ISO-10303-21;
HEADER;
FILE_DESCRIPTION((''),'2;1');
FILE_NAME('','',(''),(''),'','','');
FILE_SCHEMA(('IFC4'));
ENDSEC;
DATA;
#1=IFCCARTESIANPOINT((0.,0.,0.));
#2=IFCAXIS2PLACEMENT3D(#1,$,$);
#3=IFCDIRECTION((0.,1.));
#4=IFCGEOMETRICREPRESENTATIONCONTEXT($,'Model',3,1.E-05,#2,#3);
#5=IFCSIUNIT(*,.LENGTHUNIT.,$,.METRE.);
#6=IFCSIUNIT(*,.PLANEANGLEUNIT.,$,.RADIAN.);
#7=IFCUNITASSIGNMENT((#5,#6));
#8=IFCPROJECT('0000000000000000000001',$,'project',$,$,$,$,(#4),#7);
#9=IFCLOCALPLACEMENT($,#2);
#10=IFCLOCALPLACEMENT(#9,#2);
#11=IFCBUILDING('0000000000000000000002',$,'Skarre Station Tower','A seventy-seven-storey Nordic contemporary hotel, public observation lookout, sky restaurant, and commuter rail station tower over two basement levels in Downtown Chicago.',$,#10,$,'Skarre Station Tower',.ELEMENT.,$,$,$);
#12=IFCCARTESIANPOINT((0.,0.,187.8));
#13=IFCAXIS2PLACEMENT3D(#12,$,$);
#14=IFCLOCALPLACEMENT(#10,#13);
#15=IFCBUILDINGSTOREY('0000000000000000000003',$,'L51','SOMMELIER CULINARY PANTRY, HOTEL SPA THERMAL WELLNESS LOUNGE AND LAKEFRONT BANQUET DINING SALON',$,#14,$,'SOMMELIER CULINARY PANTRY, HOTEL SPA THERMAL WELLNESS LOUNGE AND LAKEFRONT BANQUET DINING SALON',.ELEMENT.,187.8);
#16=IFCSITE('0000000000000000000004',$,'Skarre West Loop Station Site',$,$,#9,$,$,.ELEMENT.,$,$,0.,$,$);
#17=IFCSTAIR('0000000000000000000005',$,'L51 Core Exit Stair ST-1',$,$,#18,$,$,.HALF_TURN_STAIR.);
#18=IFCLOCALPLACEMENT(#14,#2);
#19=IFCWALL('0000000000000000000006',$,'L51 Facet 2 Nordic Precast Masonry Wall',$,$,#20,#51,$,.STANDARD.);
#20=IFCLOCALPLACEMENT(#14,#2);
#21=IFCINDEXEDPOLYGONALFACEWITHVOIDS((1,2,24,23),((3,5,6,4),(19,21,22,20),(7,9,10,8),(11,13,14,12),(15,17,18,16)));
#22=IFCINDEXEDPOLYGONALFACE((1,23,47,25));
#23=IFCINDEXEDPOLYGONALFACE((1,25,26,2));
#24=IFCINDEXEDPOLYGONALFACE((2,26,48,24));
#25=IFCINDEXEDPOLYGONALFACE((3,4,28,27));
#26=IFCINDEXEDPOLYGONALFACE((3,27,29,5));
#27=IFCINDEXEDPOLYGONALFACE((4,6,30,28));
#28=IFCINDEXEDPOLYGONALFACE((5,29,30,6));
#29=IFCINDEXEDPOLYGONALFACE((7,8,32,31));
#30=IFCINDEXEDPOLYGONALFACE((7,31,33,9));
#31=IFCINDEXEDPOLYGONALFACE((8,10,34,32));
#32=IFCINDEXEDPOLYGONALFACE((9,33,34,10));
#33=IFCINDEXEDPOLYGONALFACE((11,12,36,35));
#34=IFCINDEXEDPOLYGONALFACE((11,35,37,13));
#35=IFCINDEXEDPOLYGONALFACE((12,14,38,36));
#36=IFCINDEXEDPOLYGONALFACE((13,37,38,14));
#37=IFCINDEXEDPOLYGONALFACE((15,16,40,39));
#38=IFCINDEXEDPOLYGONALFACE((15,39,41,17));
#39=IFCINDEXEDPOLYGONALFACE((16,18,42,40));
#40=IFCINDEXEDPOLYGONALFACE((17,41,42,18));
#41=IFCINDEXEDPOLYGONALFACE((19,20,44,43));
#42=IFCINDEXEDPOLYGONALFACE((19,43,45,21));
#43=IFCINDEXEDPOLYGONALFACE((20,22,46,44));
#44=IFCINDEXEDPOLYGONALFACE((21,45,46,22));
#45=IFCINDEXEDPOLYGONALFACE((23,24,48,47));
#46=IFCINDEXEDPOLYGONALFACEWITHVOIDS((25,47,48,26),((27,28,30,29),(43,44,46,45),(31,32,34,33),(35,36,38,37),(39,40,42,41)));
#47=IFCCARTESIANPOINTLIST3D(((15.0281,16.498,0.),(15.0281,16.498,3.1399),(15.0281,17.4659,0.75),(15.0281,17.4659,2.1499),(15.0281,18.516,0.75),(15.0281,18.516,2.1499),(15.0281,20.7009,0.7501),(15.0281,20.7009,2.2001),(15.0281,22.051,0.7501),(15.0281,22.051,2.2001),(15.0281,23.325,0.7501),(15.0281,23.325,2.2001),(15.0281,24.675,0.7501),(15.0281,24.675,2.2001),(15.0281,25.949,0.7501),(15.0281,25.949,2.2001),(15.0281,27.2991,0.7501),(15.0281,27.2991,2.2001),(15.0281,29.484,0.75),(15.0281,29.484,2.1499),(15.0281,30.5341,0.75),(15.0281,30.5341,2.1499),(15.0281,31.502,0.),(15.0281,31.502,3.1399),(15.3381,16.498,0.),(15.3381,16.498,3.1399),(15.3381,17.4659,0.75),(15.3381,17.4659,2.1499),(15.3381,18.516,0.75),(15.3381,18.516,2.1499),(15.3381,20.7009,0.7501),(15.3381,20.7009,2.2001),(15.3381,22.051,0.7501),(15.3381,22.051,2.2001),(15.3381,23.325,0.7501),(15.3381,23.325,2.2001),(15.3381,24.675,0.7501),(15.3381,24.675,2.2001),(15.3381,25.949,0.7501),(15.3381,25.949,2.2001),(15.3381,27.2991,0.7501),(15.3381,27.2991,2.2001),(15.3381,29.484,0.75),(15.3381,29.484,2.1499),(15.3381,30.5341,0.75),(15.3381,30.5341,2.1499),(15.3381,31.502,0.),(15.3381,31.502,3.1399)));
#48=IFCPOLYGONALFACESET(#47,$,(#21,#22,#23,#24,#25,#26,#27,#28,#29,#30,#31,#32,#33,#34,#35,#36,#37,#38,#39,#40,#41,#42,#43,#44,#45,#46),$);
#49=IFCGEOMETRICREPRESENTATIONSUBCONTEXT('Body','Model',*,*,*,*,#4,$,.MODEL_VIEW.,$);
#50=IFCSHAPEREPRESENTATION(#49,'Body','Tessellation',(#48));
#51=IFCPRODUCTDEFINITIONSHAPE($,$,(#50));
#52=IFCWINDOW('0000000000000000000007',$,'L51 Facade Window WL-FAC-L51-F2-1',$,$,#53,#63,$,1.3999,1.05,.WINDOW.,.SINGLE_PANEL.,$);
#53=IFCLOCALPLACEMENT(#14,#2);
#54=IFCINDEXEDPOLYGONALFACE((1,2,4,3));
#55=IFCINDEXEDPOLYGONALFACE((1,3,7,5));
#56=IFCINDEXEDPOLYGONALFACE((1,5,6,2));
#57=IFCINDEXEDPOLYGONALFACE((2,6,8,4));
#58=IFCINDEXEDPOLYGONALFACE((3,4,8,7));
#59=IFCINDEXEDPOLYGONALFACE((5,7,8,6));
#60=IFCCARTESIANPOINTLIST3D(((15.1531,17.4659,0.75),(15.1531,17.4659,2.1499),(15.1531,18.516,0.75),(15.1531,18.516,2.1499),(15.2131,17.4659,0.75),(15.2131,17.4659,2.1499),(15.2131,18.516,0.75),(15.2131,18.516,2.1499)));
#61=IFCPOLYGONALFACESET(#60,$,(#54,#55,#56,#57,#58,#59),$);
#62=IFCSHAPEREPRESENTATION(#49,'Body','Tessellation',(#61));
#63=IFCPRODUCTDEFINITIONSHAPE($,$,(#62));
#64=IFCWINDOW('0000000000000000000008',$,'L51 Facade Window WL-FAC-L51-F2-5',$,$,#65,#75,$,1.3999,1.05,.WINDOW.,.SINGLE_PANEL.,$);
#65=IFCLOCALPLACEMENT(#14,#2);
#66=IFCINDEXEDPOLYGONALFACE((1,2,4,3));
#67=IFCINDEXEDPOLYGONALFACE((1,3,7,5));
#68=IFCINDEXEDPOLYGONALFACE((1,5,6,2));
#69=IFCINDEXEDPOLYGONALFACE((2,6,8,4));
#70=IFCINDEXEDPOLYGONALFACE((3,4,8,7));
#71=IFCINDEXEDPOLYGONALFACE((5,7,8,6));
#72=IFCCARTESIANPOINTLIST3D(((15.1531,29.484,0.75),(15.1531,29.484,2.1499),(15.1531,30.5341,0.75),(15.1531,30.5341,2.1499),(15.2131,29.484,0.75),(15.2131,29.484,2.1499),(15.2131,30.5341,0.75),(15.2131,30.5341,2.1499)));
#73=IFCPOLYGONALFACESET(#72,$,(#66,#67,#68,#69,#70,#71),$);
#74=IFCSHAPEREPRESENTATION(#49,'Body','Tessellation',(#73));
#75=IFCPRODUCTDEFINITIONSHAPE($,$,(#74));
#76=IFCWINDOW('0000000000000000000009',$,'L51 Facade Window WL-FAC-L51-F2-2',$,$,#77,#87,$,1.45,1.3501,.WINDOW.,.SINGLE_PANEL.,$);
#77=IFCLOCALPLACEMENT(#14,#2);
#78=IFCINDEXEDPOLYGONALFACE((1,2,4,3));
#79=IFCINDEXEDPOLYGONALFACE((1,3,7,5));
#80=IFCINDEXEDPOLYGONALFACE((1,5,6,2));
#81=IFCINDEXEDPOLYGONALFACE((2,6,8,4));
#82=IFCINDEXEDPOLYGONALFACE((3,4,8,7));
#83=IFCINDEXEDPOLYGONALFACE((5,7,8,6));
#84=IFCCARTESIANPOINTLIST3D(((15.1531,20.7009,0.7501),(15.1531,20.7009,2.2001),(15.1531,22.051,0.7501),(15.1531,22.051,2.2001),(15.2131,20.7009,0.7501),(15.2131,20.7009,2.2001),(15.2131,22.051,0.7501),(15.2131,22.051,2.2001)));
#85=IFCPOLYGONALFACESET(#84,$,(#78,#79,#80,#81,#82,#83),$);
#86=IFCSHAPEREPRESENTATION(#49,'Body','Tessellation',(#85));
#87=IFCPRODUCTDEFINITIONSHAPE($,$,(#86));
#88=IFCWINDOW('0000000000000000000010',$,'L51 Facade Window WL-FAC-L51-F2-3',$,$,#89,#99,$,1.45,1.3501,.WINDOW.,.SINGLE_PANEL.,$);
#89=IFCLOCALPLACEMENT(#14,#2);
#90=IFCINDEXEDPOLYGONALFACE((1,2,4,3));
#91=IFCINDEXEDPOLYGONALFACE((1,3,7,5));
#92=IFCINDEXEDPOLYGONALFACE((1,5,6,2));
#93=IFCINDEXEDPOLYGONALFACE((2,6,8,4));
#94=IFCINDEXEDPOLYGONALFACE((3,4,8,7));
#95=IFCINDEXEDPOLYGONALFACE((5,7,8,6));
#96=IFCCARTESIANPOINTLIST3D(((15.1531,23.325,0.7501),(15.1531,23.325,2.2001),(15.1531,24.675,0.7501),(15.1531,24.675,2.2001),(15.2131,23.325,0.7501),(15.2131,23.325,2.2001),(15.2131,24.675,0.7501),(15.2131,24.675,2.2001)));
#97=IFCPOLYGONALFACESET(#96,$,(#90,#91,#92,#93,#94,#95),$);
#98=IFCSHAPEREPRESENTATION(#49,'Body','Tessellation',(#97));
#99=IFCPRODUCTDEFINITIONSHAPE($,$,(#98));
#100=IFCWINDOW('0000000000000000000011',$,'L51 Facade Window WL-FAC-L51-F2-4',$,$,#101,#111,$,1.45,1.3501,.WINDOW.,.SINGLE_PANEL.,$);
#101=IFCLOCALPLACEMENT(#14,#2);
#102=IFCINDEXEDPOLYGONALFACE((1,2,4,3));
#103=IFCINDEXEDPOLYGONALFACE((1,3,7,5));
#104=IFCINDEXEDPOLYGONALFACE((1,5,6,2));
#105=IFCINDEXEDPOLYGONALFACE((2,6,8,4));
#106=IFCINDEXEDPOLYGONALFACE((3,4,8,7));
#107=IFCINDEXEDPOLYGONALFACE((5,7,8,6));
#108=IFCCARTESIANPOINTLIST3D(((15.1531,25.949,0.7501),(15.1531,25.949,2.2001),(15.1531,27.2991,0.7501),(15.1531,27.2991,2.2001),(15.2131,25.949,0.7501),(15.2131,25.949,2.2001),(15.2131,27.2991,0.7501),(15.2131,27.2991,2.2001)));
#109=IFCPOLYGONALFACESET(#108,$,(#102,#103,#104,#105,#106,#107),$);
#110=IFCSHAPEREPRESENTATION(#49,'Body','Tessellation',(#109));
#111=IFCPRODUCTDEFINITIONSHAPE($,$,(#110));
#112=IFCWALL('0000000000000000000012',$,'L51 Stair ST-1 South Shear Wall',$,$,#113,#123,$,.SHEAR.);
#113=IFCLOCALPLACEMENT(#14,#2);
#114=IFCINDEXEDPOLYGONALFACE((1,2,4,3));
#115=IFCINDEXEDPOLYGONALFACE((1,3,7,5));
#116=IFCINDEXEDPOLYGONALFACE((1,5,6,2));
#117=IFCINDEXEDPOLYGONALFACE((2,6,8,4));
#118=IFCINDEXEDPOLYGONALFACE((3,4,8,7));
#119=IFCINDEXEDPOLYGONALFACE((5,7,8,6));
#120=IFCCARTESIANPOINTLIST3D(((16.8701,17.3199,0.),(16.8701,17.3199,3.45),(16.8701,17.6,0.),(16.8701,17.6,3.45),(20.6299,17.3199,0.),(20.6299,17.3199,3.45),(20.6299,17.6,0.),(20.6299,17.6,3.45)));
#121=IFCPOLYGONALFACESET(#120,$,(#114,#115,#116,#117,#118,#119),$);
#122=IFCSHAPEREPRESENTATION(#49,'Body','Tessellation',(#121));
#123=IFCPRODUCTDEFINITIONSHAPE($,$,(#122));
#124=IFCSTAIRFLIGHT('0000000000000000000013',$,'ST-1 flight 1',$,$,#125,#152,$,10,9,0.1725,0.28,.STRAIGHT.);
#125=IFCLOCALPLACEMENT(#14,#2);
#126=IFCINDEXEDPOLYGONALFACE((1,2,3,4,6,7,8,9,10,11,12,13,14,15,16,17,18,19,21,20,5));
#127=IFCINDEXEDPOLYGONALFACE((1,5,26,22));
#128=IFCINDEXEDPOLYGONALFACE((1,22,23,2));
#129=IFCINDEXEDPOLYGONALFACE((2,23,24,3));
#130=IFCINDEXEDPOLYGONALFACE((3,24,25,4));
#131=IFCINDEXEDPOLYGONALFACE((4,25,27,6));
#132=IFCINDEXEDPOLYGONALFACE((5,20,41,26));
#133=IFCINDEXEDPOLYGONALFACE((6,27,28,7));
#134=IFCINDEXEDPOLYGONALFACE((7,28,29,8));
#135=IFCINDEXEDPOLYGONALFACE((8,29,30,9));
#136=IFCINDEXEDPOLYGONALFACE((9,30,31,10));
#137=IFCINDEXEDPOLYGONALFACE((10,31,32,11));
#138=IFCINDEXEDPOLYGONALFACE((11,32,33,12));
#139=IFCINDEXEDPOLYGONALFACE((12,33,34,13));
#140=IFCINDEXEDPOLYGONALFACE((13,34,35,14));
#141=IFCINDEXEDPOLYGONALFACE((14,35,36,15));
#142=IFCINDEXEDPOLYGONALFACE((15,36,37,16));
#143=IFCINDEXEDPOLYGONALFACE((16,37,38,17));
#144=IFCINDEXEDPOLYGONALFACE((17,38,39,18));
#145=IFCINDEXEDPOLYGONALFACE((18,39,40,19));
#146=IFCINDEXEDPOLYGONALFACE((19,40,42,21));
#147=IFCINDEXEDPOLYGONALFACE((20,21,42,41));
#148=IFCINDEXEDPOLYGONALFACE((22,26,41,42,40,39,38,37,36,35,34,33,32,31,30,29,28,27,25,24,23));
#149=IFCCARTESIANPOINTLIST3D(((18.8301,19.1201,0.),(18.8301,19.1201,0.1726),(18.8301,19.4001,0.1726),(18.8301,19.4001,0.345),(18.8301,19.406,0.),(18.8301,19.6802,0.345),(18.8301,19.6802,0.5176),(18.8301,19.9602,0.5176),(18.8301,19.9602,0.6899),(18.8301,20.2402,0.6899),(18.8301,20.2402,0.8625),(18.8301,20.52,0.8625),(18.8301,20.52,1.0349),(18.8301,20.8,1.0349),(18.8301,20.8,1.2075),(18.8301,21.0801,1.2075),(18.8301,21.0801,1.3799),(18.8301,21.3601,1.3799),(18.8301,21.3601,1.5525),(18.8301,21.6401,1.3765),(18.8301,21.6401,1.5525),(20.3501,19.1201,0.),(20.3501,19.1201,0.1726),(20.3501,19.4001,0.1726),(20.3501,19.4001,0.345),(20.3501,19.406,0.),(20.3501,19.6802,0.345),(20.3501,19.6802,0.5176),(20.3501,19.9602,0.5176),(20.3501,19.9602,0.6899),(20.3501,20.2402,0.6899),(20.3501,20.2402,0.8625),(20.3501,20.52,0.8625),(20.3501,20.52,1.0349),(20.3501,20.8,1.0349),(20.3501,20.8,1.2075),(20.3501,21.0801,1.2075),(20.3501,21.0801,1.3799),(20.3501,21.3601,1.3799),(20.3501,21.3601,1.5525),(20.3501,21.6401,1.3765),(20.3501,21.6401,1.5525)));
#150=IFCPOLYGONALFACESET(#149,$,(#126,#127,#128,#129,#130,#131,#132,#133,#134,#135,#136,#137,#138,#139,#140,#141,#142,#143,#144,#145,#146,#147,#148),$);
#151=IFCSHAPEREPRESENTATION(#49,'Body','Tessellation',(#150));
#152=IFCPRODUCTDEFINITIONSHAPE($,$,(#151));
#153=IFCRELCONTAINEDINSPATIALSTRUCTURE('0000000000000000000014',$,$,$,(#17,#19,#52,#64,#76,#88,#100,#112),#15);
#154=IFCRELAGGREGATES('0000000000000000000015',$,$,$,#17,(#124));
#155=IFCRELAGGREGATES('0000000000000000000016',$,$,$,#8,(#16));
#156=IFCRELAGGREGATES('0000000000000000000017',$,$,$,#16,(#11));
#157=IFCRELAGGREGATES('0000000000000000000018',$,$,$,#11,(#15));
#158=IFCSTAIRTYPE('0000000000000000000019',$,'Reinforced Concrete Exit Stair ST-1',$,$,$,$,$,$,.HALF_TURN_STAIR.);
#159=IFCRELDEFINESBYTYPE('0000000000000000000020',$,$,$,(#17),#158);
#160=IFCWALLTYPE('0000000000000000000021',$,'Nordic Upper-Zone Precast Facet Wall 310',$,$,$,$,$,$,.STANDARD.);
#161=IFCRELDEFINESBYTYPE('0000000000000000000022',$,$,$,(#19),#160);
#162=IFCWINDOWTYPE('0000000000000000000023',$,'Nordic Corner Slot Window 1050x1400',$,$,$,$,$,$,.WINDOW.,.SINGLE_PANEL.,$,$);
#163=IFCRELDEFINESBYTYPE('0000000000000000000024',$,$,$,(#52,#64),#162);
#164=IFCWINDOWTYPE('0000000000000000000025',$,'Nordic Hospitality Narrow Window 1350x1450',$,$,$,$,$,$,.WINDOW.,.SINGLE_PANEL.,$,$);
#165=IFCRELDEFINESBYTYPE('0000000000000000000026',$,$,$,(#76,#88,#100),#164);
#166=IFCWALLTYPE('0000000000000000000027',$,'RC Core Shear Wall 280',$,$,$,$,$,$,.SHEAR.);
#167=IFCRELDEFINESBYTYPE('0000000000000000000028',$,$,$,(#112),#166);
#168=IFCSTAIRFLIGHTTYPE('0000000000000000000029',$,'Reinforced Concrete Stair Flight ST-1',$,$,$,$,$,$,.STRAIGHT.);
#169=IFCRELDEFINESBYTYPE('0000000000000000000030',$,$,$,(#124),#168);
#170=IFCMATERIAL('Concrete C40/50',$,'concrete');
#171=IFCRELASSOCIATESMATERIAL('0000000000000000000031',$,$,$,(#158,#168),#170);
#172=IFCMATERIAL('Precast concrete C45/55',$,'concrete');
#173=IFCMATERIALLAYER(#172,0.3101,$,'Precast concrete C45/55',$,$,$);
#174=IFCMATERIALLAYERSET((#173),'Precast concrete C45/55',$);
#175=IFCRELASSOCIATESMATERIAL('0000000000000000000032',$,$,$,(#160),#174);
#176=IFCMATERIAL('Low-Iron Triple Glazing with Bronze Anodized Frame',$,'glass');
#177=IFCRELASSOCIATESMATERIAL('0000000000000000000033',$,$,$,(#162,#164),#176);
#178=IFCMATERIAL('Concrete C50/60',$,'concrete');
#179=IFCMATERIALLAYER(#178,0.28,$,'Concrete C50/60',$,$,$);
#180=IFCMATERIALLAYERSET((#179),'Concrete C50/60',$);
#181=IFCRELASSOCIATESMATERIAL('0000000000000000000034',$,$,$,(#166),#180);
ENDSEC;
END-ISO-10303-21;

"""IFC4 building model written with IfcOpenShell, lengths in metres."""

from ifc_helpers import new_model, si_unit, direction, frame, frame_2d, origin, place, context, subcontext, project, spatial, polyline, rectangle, outline, extrude, material, layer, layer_set, type_object, element, fill, aggregate, save


model = new_model("IFC4")

# Units and contexts
model_context = context("Model", 3, precision=1e-05, world=origin(), true_north=direction((0.0, 1.0)))
body_context = subcontext(model_context, "Body", "Model", "MODEL_VIEW")
ifc_project = project(units=[si_unit("LENGTHUNIT", "METRE"), si_unit("PLANEANGLEUNIT", "RADIAN")], contexts=[model_context])

# Site, building, storey
site_placement = place(None, origin())
site = spatial("IfcSite", under=ifc_project, at=site_placement, Name="Skarre West Loop Station Site", CompositionType="ELEMENT", RefElevation=0.0)
building_placement = place(site_placement, origin())
building = spatial("IfcBuilding", under=site, at=building_placement, Name="Skarre Station Tower", Description="A seventy-seven-storey Nordic contemporary hotel, public observation lookout, sky restaurant, and commuter rail station tower over two basement levels in Downtown Chicago.", LongName="Skarre Station Tower", CompositionType="ELEMENT")
storey_placement = place(building_placement, frame((0.0, 0.0, 187.8)))
storey = spatial("IfcBuildingStorey", under=building, at=storey_placement, Name="L51", Description="SOMMELIER CULINARY PANTRY, HOTEL SPA THERMAL WELLNESS LOUNGE AND LAKEFRONT BANQUET DINING SALON", LongName="SOMMELIER CULINARY PANTRY, HOTEL SPA THERMAL WELLNESS LOUNGE AND LAKEFRONT BANQUET DINING SALON", CompositionType="ELEMENT", Elevation=187.8)

# Shared definitions
ifc_material_1 = material(Name="Concrete C50/60", Category="concrete")

# Stair
ifc_material_2 = material(Name="Concrete C40/50", Category="concrete")
stair_type_1 = type_object("IfcStairType", Name="Reinforced Concrete Exit Stair ST-1", PredefinedType="HALF_TURN_STAIR", material=ifc_material_2)
stair_1_placement = place(storey_placement, origin())
stair_1 = element("IfcStair", 1, at=stair_1_placement, inside=storey, type_object=stair_type_1, Name="L51 Core Exit Stair ST-1", PredefinedType="HALF_TURN_STAIR")

# Shared definitions
ifc_material_3 = material(Name="Precast concrete C45/55", Category="concrete")

# Wall, openings, windows
ifc_layer_1 = layer(ifc_material_3, 0.3101, Name="Precast concrete C45/55")
ifc_layer_set_1 = layer_set([ifc_layer_1], Name="Precast concrete C45/55")
wall_type_1 = type_object("IfcWallType", Name="Nordic Upper-Zone Precast Facet Wall 310", PredefinedType="STANDARD", material=ifc_layer_set_1)
wall_1_placement = place(storey_placement, frame((15.1831, 16.498, 0.0), z_axis=(0.0, 0.0, 1.0), x_axis=(0.0, 1.0, 0.0)))
wall_1 = element("IfcWall", 2, at=wall_1_placement, inside=storey, type_object=wall_type_1, Name="L51 Facet 2 Nordic Precast Masonry Wall", PredefinedType="STANDARD", context=body_context, shape_type="SweptSolid", body=[
    extrude(rectangle(XDim=15.0039, YDim=0.3101, at=frame_2d((7.502, 0.0))), origin(), (0.0, 0.0, 1.0), 3.1399),
])
opening_1_placement = place(wall_1_placement, frame((0.968, 0.0, 0.75)))
opening_1 = element("IfcOpeningElement", 3, at=opening_1_placement, cuts=wall_1, PredefinedType="OPENING", context=body_context, shape_type="SweptSolid", body=[
    extrude(rectangle(XDim=1.05, YDim=1.3999, at=frame_2d((0.5249, 0.7))), frame((0.0, 0.165, 0.0), z_axis=(0.0, -1.0, 0.0), x_axis=(1.0, 0.0, 0.0)), (0.0, 0.0, 1.0), 0.3301),
])
opening_2_placement = place(wall_1_placement, frame((4.2029, 0.0, 0.75)))
opening_2 = element("IfcOpeningElement", 4, at=opening_2_placement, cuts=wall_1, PredefinedType="OPENING", context=body_context, shape_type="SweptSolid", body=[
    extrude(rectangle(XDim=1.3501, YDim=1.45, at=frame_2d((0.675, 0.7251))), frame((0.0, 0.165, 0.0), z_axis=(0.0, -1.0, 0.0), x_axis=(1.0, 0.0, 0.0)), (0.0, 0.0, 1.0), 0.3301),
])
opening_3_placement = place(wall_1_placement, frame((6.8269, 0.0, 0.75)))
opening_3 = element("IfcOpeningElement", 5, at=opening_3_placement, cuts=wall_1, PredefinedType="OPENING", context=body_context, shape_type="SweptSolid", body=[
    extrude(rectangle(XDim=1.3501, YDim=1.45, at=frame_2d((0.675, 0.7251))), frame((0.0, 0.165, 0.0), z_axis=(0.0, -1.0, 0.0), x_axis=(1.0, 0.0, 0.0)), (0.0, 0.0, 1.0), 0.3301),
])
opening_4_placement = place(wall_1_placement, frame((9.4509, 0.0, 0.75)))
opening_4 = element("IfcOpeningElement", 6, at=opening_4_placement, cuts=wall_1, PredefinedType="OPENING", context=body_context, shape_type="SweptSolid", body=[
    extrude(rectangle(XDim=1.3501, YDim=1.45, at=frame_2d((0.675, 0.7251))), frame((0.0, 0.165, 0.0), z_axis=(0.0, -1.0, 0.0), x_axis=(1.0, 0.0, 0.0)), (0.0, 0.0, 1.0), 0.3301),
])
opening_5_placement = place(wall_1_placement, frame((12.9861, 0.0, 0.75)))
opening_5 = element("IfcOpeningElement", 7, at=opening_5_placement, cuts=wall_1, PredefinedType="OPENING", context=body_context, shape_type="SweptSolid", body=[
    extrude(rectangle(XDim=1.05, YDim=1.3999, at=frame_2d((0.5249, 0.7))), frame((0.0, 0.165, 0.0), z_axis=(0.0, -1.0, 0.0), x_axis=(1.0, 0.0, 0.0)), (0.0, 0.0, 1.0), 0.3301),
])
ifc_material_4 = material(Name="Low-Iron Triple Glazing with Bronze Anodized Frame", Category="glass")
window_type_1 = type_object("IfcWindowType", Name="Nordic Corner Slot Window 1050x1400", PartitioningType="SINGLE_PANEL", PredefinedType="WINDOW", material=ifc_material_4)
window_1_placement = place(opening_1_placement, origin())
window_1 = element("IfcWindow", 8, at=window_1_placement, inside=storey, type_object=window_type_1, Name="L51 Facade Window WL-FAC-L51-F2-1", OverallHeight=1.3999, OverallWidth=1.05, PartitioningType="SINGLE_PANEL", PredefinedType="WINDOW", context=body_context, shape_type="SweptSolid", body=[
    extrude(rectangle(XDim=1.05, YDim=1.3999, at=frame_2d((0.5249, 0.7))), frame((0.0, 0.03, 0.0), z_axis=(0.0, -1.0, 0.0), x_axis=(1.0, 0.0, 0.0)), (0.0, 0.0, 1.0), 0.0601),
])
fill(opening_1, window_1)
window_2_placement = place(opening_5_placement, origin())
window_2 = element("IfcWindow", 9, at=window_2_placement, inside=storey, type_object=window_type_1, Name="L51 Facade Window WL-FAC-L51-F2-5", OverallHeight=1.3999, OverallWidth=1.05, PartitioningType="SINGLE_PANEL", PredefinedType="WINDOW", context=body_context, shape_type="SweptSolid", body=[
    extrude(rectangle(XDim=1.05, YDim=1.3999, at=frame_2d((0.5249, 0.7))), frame((0.0, 0.03, 0.0), z_axis=(0.0, -1.0, 0.0), x_axis=(1.0, 0.0, 0.0)), (0.0, 0.0, 1.0), 0.0601),
])
fill(opening_5, window_2)
window_type_2 = type_object("IfcWindowType", Name="Nordic Hospitality Narrow Window 1350x1450", PartitioningType="SINGLE_PANEL", PredefinedType="WINDOW", material=ifc_material_4)
window_3_placement = place(opening_2_placement, origin())
window_3 = element("IfcWindow", 10, at=window_3_placement, inside=storey, type_object=window_type_2, Name="L51 Facade Window WL-FAC-L51-F2-2", OverallHeight=1.45, OverallWidth=1.3501, PartitioningType="SINGLE_PANEL", PredefinedType="WINDOW", context=body_context, shape_type="SweptSolid", body=[
    extrude(rectangle(XDim=1.3501, YDim=1.45, at=frame_2d((0.675, 0.7251))), frame((0.0, 0.03, 0.0), z_axis=(0.0, -1.0, 0.0), x_axis=(1.0, 0.0, 0.0)), (0.0, 0.0, 1.0), 0.0601),
])
fill(opening_2, window_3)
window_4_placement = place(opening_3_placement, origin())
window_4 = element("IfcWindow", 11, at=window_4_placement, inside=storey, type_object=window_type_2, Name="L51 Facade Window WL-FAC-L51-F2-3", OverallHeight=1.45, OverallWidth=1.3501, PartitioningType="SINGLE_PANEL", PredefinedType="WINDOW", context=body_context, shape_type="SweptSolid", body=[
    extrude(rectangle(XDim=1.3501, YDim=1.45, at=frame_2d((0.675, 0.7251))), frame((0.0, 0.03, 0.0), z_axis=(0.0, -1.0, 0.0), x_axis=(1.0, 0.0, 0.0)), (0.0, 0.0, 1.0), 0.0601),
])
fill(opening_3, window_4)
window_5_placement = place(opening_4_placement, origin())
window_5 = element("IfcWindow", 12, at=window_5_placement, inside=storey, type_object=window_type_2, Name="L51 Facade Window WL-FAC-L51-F2-4", OverallHeight=1.45, OverallWidth=1.3501, PartitioningType="SINGLE_PANEL", PredefinedType="WINDOW", context=body_context, shape_type="SweptSolid", body=[
    extrude(rectangle(XDim=1.3501, YDim=1.45, at=frame_2d((0.675, 0.7251))), frame((0.0, 0.03, 0.0), z_axis=(0.0, -1.0, 0.0), x_axis=(1.0, 0.0, 0.0)), (0.0, 0.0, 1.0), 0.0601),
])
fill(opening_4, window_5)

# Wall
ifc_layer_2 = layer(ifc_material_1, 0.28, Name="Concrete C50/60")
ifc_layer_set_2 = layer_set([ifc_layer_2], Name="Concrete C50/60")
wall_type_2 = type_object("IfcWallType", Name="RC Core Shear Wall 280", PredefinedType="SHEAR", material=ifc_layer_set_2)
wall_2_placement = place(storey_placement, frame((16.8701, 17.46, 0.0), z_axis=(0.0, 0.0, 1.0), x_axis=(1.0, 0.0, 0.0)))
element("IfcWall", 13, at=wall_2_placement, inside=storey, type_object=wall_type_2, Name="L51 Stair ST-1 South Shear Wall", PredefinedType="SHEAR", context=body_context, shape_type="SweptSolid", body=[
    extrude(rectangle(XDim=3.7598, YDim=0.28, at=frame_2d((1.8799, 0.0))), origin(), (0.0, 0.0, 1.0), 3.45),
])

# Stair flight
stair_flight_type = type_object("IfcStairFlightType", Name="Reinforced Concrete Stair Flight ST-1", PredefinedType="STRAIGHT", material=ifc_material_2)
stair_flight_1_placement = place(storey_placement, frame((19.5901, 19.1201, 0.0), z_axis=(0.0, 0.0, 1.0), x_axis=(0.0, 1.0, 0.0)))
stair_flight_1 = element("IfcStairFlight", 14, at=stair_flight_1_placement, type_object=stair_flight_type, Name="ST-1 flight 1", NumberOfRisers=10, NumberOfTreads=9, PredefinedType="STRAIGHT", RiserHeight=0.1725, TreadLength=0.28, context=body_context, shape_type="SweptSolid", body=[
    extrude(outline(polyline([(0.0, 0.0), (0.0, 0.1726), (0.28, 0.1726), (0.28, 0.345), (0.5601, 0.345), (0.5601, 0.5176), (0.8401, 0.5176), (0.8401, 0.6899), (1.1201, 0.6899), (1.1201, 0.8625), (1.3999, 0.8625), (1.3999, 1.0349), (1.6799, 1.0349), (1.6799, 1.2075), (1.96, 1.2075), (1.96, 1.3799), (2.24, 1.3799), (2.24, 1.5525), (2.52, 1.5525), (2.52, 1.7251), (2.52, 1.3765), (0.2859, 0.0), (0.0, 0.0)])), frame((0.0, 0.76, 0.0), z_axis=(0.0, -1.0, 0.0), x_axis=(1.0, 0.0, 0.0)), (0.0, 0.0, 1.0), 1.52),
])
aggregate(stair_1, [stair_flight_1])

save(model, "model.ifc")
